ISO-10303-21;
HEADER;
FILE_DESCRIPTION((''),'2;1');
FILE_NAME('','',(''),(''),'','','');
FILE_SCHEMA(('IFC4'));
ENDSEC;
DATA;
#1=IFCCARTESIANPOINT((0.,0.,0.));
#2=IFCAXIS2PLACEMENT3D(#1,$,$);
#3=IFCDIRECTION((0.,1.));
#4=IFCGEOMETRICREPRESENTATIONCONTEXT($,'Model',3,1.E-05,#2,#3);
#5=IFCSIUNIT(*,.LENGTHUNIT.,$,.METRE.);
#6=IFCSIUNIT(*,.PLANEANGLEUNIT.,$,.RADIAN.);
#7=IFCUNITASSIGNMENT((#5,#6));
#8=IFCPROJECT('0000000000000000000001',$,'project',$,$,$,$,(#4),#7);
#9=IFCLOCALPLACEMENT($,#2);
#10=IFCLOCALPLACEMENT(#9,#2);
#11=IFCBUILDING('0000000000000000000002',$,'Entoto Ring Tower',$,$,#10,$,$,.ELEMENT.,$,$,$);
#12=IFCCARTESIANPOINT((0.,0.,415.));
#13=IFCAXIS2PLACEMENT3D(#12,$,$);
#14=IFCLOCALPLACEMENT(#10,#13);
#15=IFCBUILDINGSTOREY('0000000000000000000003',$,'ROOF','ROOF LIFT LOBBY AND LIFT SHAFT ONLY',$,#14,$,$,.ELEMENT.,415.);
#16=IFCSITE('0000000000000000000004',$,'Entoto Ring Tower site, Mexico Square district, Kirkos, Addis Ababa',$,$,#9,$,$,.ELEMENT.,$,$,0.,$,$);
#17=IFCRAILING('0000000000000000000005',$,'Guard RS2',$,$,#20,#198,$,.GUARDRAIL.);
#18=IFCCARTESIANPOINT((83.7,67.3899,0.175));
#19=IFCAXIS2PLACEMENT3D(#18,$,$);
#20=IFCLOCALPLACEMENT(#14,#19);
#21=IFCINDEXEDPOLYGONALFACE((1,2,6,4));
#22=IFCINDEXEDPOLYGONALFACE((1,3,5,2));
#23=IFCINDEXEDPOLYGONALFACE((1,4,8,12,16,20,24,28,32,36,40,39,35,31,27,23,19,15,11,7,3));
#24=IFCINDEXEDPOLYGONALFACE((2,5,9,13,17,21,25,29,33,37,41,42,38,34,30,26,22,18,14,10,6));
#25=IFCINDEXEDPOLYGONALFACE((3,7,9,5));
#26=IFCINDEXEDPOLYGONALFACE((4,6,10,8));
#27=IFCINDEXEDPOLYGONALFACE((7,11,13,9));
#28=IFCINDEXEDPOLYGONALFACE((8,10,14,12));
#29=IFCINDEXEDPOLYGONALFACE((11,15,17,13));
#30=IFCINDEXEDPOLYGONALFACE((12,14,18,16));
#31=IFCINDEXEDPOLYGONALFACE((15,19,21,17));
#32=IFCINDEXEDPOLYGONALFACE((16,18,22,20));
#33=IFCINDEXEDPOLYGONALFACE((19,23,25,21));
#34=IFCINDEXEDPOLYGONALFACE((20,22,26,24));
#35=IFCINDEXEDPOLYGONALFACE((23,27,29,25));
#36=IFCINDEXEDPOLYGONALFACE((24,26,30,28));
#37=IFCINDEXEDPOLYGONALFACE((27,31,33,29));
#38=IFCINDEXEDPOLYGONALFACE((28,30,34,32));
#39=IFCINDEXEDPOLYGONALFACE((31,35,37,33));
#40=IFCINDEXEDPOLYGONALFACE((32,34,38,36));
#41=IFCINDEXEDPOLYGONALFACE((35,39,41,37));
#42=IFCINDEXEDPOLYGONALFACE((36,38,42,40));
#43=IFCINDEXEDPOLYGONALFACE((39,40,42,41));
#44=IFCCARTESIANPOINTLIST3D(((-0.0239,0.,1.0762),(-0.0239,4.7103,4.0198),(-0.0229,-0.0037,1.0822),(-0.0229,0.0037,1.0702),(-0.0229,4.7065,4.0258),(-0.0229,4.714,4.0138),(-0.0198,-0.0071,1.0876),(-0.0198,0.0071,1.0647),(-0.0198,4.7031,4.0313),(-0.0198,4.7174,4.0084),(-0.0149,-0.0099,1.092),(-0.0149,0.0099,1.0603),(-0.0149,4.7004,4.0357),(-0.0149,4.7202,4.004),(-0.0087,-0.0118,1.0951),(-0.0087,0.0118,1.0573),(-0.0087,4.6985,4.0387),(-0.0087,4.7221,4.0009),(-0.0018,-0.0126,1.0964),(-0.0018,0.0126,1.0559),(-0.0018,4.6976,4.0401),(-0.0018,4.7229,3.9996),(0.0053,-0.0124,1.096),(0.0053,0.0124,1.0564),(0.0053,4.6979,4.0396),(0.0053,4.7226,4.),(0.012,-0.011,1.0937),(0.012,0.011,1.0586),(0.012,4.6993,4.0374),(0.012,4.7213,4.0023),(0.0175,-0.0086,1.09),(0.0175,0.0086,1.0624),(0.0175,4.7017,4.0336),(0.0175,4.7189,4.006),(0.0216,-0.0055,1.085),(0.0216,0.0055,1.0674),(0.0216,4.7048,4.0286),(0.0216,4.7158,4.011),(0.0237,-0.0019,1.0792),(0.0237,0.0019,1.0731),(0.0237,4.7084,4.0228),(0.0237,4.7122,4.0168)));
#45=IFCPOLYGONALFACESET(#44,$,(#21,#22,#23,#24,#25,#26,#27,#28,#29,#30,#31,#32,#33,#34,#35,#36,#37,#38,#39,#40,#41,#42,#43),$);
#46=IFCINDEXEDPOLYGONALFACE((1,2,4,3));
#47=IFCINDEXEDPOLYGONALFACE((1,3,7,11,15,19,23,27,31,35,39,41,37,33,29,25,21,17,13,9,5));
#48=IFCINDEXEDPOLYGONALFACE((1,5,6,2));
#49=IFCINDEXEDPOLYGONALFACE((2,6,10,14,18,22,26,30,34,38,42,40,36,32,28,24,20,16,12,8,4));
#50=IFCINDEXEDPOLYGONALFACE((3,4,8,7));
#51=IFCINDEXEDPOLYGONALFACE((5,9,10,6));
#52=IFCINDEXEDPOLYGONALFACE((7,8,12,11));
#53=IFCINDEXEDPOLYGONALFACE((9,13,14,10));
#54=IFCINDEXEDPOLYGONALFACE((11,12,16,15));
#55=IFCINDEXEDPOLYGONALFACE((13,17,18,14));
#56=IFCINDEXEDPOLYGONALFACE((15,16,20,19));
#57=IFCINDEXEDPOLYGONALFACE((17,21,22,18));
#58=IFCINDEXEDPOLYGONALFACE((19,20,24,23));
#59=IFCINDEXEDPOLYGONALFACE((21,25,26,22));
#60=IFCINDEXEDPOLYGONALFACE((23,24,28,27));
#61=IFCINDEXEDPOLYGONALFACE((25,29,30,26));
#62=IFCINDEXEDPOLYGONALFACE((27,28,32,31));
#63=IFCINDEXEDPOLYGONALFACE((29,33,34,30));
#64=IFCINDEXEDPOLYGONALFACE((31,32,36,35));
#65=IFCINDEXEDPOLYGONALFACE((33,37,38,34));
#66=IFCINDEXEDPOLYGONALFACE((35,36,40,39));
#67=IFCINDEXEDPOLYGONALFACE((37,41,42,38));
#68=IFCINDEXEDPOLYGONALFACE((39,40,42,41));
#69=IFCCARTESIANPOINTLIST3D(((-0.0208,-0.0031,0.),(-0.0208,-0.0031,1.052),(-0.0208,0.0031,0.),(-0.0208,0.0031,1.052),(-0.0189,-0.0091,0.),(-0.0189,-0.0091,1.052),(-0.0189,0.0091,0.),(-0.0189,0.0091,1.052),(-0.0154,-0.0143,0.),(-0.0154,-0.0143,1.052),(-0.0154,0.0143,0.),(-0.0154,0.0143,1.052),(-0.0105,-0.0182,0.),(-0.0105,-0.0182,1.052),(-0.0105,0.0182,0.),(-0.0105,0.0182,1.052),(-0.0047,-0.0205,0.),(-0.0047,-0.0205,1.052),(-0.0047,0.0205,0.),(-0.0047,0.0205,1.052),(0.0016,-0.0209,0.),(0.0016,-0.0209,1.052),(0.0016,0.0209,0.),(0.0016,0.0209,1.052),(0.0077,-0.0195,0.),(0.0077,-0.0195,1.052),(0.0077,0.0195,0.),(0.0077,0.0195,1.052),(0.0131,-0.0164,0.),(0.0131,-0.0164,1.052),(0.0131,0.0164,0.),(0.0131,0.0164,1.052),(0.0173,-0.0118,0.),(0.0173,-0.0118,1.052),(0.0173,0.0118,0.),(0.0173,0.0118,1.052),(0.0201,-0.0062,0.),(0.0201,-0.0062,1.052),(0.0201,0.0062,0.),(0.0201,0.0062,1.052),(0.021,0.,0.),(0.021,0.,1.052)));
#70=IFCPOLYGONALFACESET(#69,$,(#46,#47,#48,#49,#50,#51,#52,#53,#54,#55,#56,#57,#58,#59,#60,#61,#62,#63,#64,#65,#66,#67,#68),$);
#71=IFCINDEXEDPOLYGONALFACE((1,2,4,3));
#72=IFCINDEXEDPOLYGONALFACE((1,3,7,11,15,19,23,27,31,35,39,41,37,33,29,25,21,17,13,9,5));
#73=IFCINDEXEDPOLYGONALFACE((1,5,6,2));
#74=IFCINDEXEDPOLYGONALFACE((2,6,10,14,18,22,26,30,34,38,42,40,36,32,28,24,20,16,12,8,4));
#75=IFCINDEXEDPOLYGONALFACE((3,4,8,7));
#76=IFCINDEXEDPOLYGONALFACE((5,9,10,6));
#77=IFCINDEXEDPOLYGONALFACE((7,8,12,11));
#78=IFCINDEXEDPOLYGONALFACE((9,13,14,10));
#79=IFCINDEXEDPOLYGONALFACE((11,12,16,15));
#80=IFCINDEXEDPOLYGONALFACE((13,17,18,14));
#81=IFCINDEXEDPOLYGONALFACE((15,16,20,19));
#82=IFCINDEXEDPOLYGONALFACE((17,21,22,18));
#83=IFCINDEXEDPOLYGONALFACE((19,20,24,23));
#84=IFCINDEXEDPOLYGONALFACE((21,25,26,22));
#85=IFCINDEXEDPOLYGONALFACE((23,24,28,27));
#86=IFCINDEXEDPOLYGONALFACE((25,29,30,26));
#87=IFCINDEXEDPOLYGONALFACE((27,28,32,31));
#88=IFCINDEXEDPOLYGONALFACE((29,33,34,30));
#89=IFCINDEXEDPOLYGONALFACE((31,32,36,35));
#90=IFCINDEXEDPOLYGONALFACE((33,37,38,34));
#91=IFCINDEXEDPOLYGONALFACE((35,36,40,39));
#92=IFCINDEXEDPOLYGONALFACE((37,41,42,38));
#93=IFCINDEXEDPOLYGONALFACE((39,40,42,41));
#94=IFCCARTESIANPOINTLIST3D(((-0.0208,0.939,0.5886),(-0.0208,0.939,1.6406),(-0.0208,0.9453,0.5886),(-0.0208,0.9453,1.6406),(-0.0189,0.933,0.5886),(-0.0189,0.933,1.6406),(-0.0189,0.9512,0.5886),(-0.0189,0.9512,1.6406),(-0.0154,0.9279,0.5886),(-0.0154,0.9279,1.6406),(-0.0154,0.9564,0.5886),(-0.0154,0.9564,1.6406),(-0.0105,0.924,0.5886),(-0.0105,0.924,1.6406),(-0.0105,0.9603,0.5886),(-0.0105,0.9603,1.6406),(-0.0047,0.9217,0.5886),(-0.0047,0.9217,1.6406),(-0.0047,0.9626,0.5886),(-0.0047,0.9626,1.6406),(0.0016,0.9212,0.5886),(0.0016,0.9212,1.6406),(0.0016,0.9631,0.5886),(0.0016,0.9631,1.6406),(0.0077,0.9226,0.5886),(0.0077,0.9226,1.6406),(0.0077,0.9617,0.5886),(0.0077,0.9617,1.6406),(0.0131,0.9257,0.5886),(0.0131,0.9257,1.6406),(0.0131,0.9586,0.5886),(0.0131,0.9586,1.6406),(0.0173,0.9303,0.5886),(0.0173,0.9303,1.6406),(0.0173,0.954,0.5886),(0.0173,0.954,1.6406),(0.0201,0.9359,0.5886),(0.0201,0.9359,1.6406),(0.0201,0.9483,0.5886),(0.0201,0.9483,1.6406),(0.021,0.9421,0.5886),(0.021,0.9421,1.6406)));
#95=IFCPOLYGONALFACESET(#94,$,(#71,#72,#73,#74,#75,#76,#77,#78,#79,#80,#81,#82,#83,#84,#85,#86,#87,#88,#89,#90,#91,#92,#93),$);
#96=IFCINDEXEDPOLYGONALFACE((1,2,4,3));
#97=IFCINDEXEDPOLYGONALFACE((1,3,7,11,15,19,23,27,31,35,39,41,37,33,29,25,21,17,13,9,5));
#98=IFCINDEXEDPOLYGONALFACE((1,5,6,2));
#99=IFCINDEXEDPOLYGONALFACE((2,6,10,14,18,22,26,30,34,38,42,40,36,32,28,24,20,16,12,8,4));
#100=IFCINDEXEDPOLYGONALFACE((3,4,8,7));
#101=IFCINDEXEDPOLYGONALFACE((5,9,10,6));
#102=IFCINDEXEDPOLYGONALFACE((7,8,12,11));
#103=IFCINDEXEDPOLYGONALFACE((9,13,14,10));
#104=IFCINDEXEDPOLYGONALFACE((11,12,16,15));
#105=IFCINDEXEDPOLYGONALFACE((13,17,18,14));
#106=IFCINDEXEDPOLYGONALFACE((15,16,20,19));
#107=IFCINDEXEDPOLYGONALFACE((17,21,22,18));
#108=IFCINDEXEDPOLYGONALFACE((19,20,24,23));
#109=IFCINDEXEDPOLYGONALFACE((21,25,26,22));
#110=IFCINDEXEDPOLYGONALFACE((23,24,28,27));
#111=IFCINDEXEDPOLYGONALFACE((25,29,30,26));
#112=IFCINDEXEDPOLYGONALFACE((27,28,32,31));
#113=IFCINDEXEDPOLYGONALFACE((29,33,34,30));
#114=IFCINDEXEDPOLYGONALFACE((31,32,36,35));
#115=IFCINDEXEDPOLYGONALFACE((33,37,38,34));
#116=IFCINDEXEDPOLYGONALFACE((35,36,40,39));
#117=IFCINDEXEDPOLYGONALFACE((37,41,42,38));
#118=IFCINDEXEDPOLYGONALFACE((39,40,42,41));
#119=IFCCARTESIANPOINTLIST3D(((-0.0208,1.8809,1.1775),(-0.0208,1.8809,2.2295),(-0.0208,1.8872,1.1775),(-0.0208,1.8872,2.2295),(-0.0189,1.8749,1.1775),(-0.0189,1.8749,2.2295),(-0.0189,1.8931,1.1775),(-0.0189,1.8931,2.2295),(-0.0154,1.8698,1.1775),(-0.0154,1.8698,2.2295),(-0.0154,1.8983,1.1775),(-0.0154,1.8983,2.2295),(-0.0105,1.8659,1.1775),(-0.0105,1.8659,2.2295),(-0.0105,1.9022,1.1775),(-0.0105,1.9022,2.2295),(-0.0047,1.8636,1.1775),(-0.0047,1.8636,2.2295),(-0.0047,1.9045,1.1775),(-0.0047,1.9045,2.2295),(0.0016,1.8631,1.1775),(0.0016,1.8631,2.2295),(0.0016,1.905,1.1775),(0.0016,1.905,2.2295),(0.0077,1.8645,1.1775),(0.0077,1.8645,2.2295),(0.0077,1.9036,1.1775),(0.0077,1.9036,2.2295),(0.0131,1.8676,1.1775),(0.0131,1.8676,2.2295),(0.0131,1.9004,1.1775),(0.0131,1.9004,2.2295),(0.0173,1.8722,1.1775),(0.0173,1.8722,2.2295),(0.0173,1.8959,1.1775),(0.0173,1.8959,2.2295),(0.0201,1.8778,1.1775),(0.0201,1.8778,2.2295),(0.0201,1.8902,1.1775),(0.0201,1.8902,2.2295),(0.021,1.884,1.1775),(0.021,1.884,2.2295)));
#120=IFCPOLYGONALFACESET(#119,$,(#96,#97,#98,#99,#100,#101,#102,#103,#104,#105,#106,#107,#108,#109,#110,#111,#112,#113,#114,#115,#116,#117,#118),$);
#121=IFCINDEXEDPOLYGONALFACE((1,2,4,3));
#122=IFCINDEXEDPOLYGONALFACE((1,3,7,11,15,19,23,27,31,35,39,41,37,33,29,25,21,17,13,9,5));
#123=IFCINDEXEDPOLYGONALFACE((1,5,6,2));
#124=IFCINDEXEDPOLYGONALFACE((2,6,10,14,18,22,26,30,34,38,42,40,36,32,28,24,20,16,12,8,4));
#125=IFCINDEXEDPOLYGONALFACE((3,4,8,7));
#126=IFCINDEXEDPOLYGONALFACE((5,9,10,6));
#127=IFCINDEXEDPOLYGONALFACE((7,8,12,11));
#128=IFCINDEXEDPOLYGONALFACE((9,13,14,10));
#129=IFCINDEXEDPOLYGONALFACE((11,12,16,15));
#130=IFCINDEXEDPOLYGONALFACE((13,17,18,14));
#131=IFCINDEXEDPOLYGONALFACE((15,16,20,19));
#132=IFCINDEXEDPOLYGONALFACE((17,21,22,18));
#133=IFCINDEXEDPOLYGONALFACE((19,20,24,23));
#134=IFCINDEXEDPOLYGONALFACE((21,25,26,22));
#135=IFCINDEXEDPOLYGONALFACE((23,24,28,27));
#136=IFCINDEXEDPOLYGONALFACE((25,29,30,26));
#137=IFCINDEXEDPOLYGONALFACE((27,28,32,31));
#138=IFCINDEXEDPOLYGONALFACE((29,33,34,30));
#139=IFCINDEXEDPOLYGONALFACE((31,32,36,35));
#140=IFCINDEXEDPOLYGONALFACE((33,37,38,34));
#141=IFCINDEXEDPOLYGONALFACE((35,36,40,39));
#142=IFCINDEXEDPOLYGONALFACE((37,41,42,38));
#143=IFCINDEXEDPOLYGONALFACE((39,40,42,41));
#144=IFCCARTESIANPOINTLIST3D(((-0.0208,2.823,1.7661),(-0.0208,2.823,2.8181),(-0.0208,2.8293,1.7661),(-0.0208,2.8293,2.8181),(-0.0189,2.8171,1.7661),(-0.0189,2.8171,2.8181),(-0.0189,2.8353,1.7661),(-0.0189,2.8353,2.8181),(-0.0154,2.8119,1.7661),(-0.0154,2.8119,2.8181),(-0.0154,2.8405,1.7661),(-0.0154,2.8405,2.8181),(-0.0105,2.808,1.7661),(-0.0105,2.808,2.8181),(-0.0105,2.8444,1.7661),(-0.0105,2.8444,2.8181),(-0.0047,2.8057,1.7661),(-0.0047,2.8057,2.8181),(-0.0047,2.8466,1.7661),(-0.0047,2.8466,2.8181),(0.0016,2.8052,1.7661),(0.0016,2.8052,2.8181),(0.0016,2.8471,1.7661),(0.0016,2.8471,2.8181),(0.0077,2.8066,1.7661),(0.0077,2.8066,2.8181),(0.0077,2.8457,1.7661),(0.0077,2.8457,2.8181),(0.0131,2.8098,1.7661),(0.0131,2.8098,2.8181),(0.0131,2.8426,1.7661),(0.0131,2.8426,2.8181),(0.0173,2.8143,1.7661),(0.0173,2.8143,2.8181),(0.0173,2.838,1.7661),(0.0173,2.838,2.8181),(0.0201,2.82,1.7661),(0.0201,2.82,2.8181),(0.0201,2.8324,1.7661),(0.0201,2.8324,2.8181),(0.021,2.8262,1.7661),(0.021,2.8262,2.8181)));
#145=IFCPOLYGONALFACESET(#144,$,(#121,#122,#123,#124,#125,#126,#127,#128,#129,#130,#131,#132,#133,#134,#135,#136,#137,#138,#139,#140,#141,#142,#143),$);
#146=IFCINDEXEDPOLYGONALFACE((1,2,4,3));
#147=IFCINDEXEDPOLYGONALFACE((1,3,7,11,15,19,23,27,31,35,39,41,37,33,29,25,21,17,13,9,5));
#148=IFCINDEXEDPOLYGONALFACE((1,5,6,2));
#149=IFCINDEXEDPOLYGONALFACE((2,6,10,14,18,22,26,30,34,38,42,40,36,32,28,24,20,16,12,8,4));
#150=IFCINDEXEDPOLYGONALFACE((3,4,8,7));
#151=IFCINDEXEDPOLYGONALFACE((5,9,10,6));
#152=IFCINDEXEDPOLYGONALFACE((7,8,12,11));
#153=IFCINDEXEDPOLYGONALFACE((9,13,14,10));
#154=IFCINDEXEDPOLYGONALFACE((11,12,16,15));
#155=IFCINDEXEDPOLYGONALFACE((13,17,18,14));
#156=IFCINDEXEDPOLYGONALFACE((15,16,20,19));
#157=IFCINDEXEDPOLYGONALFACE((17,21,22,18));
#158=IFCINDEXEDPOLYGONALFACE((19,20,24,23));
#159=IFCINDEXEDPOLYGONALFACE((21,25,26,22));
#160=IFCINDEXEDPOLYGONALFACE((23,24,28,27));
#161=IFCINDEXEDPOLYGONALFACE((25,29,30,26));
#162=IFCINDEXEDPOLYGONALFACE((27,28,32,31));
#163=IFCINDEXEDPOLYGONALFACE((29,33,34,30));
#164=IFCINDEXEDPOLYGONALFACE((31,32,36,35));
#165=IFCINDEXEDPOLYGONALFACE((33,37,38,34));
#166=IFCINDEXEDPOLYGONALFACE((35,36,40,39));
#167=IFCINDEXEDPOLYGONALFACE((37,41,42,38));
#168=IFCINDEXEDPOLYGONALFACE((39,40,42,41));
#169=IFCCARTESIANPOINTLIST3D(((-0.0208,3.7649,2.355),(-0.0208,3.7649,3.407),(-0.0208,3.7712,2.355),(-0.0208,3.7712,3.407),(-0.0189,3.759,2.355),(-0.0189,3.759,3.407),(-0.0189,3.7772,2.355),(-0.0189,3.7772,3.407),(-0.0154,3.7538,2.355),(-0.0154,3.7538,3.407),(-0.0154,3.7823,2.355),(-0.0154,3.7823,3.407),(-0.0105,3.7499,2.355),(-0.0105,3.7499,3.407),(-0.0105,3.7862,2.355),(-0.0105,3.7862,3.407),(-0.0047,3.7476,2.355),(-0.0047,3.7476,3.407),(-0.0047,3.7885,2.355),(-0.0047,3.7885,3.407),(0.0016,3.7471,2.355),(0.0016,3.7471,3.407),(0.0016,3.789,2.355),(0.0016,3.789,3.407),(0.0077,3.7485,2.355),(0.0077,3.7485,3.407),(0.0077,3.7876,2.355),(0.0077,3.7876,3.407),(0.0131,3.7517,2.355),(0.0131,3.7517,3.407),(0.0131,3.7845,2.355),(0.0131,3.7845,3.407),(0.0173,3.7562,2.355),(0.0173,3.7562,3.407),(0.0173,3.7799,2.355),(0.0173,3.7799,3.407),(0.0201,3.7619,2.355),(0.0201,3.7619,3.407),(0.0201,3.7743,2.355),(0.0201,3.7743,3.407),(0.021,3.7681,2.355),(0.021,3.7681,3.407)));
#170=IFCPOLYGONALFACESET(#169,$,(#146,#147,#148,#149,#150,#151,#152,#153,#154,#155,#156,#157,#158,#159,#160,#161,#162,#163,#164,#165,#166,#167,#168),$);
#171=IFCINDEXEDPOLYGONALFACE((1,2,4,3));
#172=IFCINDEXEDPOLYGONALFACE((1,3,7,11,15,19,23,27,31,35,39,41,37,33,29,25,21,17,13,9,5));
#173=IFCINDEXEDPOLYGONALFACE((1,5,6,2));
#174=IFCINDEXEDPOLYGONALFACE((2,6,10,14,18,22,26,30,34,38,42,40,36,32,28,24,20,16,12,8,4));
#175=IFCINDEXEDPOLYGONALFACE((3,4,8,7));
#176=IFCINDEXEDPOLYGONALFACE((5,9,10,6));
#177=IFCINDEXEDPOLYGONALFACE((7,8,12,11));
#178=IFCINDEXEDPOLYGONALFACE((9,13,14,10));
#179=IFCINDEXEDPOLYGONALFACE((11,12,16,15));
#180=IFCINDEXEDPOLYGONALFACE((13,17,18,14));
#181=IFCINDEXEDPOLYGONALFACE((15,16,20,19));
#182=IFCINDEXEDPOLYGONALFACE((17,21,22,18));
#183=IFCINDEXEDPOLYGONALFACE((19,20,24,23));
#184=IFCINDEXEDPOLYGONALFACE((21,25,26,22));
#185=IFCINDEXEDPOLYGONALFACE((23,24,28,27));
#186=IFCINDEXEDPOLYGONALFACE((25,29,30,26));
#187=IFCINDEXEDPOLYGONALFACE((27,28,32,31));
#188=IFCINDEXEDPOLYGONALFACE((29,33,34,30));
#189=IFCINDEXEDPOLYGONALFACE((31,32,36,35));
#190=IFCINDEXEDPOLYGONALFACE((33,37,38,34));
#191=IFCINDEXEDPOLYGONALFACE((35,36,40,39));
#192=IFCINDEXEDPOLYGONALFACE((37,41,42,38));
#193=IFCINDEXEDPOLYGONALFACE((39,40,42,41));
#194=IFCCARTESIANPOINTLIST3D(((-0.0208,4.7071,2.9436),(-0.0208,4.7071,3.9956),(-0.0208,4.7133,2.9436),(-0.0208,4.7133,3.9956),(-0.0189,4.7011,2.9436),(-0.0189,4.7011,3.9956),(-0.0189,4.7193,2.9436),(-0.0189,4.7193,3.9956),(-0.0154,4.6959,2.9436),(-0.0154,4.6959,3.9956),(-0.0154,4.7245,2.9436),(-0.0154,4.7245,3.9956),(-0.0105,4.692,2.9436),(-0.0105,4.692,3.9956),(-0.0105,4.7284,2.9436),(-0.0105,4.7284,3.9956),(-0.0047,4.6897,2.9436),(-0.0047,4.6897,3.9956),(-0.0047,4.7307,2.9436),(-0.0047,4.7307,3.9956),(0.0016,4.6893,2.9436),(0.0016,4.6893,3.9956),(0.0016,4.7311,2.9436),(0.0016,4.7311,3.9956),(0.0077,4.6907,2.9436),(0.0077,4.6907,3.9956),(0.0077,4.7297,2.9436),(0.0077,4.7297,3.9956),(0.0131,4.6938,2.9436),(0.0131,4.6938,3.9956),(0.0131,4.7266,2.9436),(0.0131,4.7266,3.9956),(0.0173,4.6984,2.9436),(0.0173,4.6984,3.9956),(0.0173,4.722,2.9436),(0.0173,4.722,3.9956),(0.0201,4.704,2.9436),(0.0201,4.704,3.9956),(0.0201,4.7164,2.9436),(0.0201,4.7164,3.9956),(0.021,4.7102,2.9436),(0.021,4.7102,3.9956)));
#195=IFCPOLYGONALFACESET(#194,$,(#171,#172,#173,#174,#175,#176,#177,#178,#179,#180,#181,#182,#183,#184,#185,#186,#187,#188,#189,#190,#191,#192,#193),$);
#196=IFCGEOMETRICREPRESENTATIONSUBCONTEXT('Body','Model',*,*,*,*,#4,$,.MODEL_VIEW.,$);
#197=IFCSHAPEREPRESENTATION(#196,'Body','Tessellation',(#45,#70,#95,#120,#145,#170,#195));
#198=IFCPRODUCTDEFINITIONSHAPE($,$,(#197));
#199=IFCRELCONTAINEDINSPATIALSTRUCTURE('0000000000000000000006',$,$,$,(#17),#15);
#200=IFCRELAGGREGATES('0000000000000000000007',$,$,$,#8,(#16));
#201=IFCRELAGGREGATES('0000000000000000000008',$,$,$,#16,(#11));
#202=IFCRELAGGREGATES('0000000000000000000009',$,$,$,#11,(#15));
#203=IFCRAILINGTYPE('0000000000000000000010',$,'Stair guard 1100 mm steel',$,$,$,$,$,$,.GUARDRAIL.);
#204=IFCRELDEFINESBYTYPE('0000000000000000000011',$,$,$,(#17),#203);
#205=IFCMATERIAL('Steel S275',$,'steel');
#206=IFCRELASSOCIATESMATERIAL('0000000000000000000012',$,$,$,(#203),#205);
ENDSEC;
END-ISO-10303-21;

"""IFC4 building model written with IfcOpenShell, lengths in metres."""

from ifc_helpers import new_model, si_unit, direction, frame, origin, origin_2d, place, context, subcontext, project, spatial, circle, extrude, material, type_object, element, save


model = new_model("IFC4")

# Units and contexts
model_context = context("Model", 3, precision=1e-05, world=origin(), true_north=direction((0.0, 1.0)))
body_context = subcontext(model_context, "Body", "Model", "MODEL_VIEW")
ifc_project = project(units=[si_unit("LENGTHUNIT", "METRE"), si_unit("PLANEANGLEUNIT", "RADIAN")], contexts=[model_context])

# Site, building, storey
site_placement = place(None, origin())
site = spatial("IfcSite", under=ifc_project, at=site_placement, Name="Entoto Ring Tower site, Mexico Square district, Kirkos, Addis Ababa", CompositionType="ELEMENT", RefElevation=0.0)
building_placement = place(site_placement, origin())
building = spatial("IfcBuilding", under=site, at=building_placement, Name="Entoto Ring Tower", CompositionType="ELEMENT")
storey_placement = place(building_placement, frame((0.0, 0.0, 415.0)))
storey = spatial("IfcBuildingStorey", under=building, at=storey_placement, Name="ROOF", Description="ROOF LIFT LOBBY AND LIFT SHAFT ONLY", CompositionType="ELEMENT", Elevation=415.0)

# Railing
ifc_material_1 = material(Name="Steel S275", Category="steel")
railing_type_1 = type_object("IfcRailingType", Name="Stair guard 1100 mm steel", PredefinedType="GUARDRAIL", material=ifc_material_1)
for number, where, name in (
    (1, (83.7, 67.3899, 0.175), "Guard RS2"),
):
    element("IfcRailing", number, at=place(storey_placement, frame(where)), inside=storey, type_object=railing_type_1, Name=name, PredefinedType="GUARDRAIL", context=body_context, shape_type="SweptSolid", body=[
        extrude(circle(Radius=0.0239, at=origin_2d()), frame((0.0, 0.0, 1.0762), z_axis=(0.0, 0.848021, 0.529963), x_axis=(-1.0, 0.0, 0.0)), (0.0, 0.0, 1.0), 5.5544),
        extrude(circle(Radius=0.021, at=origin_2d()), origin(), (0.0, 0.0, 1.0), 1.052),
        extrude(circle(Radius=0.021, at=origin_2d()), frame((0.0, 0.9421, 0.5886)), (0.0, 0.0, 1.0), 1.052),
        extrude(circle(Radius=0.021, at=origin_2d()), frame((0.0, 1.884, 1.1775)), (0.0, 0.0, 1.0), 1.052),
        extrude(circle(Radius=0.021, at=origin_2d()), frame((0.0, 2.8262, 1.7661)), (0.0, 0.0, 1.0), 1.052),
        extrude(circle(Radius=0.021, at=origin_2d()), frame((0.0, 3.7681, 2.355)), (0.0, 0.0, 1.0), 1.052),
        extrude(circle(Radius=0.021, at=origin_2d()), frame((0.0, 4.7102, 2.9436)), (0.0, 0.0, 1.0), 1.052),
    ])

save(model, "model.ifc")
